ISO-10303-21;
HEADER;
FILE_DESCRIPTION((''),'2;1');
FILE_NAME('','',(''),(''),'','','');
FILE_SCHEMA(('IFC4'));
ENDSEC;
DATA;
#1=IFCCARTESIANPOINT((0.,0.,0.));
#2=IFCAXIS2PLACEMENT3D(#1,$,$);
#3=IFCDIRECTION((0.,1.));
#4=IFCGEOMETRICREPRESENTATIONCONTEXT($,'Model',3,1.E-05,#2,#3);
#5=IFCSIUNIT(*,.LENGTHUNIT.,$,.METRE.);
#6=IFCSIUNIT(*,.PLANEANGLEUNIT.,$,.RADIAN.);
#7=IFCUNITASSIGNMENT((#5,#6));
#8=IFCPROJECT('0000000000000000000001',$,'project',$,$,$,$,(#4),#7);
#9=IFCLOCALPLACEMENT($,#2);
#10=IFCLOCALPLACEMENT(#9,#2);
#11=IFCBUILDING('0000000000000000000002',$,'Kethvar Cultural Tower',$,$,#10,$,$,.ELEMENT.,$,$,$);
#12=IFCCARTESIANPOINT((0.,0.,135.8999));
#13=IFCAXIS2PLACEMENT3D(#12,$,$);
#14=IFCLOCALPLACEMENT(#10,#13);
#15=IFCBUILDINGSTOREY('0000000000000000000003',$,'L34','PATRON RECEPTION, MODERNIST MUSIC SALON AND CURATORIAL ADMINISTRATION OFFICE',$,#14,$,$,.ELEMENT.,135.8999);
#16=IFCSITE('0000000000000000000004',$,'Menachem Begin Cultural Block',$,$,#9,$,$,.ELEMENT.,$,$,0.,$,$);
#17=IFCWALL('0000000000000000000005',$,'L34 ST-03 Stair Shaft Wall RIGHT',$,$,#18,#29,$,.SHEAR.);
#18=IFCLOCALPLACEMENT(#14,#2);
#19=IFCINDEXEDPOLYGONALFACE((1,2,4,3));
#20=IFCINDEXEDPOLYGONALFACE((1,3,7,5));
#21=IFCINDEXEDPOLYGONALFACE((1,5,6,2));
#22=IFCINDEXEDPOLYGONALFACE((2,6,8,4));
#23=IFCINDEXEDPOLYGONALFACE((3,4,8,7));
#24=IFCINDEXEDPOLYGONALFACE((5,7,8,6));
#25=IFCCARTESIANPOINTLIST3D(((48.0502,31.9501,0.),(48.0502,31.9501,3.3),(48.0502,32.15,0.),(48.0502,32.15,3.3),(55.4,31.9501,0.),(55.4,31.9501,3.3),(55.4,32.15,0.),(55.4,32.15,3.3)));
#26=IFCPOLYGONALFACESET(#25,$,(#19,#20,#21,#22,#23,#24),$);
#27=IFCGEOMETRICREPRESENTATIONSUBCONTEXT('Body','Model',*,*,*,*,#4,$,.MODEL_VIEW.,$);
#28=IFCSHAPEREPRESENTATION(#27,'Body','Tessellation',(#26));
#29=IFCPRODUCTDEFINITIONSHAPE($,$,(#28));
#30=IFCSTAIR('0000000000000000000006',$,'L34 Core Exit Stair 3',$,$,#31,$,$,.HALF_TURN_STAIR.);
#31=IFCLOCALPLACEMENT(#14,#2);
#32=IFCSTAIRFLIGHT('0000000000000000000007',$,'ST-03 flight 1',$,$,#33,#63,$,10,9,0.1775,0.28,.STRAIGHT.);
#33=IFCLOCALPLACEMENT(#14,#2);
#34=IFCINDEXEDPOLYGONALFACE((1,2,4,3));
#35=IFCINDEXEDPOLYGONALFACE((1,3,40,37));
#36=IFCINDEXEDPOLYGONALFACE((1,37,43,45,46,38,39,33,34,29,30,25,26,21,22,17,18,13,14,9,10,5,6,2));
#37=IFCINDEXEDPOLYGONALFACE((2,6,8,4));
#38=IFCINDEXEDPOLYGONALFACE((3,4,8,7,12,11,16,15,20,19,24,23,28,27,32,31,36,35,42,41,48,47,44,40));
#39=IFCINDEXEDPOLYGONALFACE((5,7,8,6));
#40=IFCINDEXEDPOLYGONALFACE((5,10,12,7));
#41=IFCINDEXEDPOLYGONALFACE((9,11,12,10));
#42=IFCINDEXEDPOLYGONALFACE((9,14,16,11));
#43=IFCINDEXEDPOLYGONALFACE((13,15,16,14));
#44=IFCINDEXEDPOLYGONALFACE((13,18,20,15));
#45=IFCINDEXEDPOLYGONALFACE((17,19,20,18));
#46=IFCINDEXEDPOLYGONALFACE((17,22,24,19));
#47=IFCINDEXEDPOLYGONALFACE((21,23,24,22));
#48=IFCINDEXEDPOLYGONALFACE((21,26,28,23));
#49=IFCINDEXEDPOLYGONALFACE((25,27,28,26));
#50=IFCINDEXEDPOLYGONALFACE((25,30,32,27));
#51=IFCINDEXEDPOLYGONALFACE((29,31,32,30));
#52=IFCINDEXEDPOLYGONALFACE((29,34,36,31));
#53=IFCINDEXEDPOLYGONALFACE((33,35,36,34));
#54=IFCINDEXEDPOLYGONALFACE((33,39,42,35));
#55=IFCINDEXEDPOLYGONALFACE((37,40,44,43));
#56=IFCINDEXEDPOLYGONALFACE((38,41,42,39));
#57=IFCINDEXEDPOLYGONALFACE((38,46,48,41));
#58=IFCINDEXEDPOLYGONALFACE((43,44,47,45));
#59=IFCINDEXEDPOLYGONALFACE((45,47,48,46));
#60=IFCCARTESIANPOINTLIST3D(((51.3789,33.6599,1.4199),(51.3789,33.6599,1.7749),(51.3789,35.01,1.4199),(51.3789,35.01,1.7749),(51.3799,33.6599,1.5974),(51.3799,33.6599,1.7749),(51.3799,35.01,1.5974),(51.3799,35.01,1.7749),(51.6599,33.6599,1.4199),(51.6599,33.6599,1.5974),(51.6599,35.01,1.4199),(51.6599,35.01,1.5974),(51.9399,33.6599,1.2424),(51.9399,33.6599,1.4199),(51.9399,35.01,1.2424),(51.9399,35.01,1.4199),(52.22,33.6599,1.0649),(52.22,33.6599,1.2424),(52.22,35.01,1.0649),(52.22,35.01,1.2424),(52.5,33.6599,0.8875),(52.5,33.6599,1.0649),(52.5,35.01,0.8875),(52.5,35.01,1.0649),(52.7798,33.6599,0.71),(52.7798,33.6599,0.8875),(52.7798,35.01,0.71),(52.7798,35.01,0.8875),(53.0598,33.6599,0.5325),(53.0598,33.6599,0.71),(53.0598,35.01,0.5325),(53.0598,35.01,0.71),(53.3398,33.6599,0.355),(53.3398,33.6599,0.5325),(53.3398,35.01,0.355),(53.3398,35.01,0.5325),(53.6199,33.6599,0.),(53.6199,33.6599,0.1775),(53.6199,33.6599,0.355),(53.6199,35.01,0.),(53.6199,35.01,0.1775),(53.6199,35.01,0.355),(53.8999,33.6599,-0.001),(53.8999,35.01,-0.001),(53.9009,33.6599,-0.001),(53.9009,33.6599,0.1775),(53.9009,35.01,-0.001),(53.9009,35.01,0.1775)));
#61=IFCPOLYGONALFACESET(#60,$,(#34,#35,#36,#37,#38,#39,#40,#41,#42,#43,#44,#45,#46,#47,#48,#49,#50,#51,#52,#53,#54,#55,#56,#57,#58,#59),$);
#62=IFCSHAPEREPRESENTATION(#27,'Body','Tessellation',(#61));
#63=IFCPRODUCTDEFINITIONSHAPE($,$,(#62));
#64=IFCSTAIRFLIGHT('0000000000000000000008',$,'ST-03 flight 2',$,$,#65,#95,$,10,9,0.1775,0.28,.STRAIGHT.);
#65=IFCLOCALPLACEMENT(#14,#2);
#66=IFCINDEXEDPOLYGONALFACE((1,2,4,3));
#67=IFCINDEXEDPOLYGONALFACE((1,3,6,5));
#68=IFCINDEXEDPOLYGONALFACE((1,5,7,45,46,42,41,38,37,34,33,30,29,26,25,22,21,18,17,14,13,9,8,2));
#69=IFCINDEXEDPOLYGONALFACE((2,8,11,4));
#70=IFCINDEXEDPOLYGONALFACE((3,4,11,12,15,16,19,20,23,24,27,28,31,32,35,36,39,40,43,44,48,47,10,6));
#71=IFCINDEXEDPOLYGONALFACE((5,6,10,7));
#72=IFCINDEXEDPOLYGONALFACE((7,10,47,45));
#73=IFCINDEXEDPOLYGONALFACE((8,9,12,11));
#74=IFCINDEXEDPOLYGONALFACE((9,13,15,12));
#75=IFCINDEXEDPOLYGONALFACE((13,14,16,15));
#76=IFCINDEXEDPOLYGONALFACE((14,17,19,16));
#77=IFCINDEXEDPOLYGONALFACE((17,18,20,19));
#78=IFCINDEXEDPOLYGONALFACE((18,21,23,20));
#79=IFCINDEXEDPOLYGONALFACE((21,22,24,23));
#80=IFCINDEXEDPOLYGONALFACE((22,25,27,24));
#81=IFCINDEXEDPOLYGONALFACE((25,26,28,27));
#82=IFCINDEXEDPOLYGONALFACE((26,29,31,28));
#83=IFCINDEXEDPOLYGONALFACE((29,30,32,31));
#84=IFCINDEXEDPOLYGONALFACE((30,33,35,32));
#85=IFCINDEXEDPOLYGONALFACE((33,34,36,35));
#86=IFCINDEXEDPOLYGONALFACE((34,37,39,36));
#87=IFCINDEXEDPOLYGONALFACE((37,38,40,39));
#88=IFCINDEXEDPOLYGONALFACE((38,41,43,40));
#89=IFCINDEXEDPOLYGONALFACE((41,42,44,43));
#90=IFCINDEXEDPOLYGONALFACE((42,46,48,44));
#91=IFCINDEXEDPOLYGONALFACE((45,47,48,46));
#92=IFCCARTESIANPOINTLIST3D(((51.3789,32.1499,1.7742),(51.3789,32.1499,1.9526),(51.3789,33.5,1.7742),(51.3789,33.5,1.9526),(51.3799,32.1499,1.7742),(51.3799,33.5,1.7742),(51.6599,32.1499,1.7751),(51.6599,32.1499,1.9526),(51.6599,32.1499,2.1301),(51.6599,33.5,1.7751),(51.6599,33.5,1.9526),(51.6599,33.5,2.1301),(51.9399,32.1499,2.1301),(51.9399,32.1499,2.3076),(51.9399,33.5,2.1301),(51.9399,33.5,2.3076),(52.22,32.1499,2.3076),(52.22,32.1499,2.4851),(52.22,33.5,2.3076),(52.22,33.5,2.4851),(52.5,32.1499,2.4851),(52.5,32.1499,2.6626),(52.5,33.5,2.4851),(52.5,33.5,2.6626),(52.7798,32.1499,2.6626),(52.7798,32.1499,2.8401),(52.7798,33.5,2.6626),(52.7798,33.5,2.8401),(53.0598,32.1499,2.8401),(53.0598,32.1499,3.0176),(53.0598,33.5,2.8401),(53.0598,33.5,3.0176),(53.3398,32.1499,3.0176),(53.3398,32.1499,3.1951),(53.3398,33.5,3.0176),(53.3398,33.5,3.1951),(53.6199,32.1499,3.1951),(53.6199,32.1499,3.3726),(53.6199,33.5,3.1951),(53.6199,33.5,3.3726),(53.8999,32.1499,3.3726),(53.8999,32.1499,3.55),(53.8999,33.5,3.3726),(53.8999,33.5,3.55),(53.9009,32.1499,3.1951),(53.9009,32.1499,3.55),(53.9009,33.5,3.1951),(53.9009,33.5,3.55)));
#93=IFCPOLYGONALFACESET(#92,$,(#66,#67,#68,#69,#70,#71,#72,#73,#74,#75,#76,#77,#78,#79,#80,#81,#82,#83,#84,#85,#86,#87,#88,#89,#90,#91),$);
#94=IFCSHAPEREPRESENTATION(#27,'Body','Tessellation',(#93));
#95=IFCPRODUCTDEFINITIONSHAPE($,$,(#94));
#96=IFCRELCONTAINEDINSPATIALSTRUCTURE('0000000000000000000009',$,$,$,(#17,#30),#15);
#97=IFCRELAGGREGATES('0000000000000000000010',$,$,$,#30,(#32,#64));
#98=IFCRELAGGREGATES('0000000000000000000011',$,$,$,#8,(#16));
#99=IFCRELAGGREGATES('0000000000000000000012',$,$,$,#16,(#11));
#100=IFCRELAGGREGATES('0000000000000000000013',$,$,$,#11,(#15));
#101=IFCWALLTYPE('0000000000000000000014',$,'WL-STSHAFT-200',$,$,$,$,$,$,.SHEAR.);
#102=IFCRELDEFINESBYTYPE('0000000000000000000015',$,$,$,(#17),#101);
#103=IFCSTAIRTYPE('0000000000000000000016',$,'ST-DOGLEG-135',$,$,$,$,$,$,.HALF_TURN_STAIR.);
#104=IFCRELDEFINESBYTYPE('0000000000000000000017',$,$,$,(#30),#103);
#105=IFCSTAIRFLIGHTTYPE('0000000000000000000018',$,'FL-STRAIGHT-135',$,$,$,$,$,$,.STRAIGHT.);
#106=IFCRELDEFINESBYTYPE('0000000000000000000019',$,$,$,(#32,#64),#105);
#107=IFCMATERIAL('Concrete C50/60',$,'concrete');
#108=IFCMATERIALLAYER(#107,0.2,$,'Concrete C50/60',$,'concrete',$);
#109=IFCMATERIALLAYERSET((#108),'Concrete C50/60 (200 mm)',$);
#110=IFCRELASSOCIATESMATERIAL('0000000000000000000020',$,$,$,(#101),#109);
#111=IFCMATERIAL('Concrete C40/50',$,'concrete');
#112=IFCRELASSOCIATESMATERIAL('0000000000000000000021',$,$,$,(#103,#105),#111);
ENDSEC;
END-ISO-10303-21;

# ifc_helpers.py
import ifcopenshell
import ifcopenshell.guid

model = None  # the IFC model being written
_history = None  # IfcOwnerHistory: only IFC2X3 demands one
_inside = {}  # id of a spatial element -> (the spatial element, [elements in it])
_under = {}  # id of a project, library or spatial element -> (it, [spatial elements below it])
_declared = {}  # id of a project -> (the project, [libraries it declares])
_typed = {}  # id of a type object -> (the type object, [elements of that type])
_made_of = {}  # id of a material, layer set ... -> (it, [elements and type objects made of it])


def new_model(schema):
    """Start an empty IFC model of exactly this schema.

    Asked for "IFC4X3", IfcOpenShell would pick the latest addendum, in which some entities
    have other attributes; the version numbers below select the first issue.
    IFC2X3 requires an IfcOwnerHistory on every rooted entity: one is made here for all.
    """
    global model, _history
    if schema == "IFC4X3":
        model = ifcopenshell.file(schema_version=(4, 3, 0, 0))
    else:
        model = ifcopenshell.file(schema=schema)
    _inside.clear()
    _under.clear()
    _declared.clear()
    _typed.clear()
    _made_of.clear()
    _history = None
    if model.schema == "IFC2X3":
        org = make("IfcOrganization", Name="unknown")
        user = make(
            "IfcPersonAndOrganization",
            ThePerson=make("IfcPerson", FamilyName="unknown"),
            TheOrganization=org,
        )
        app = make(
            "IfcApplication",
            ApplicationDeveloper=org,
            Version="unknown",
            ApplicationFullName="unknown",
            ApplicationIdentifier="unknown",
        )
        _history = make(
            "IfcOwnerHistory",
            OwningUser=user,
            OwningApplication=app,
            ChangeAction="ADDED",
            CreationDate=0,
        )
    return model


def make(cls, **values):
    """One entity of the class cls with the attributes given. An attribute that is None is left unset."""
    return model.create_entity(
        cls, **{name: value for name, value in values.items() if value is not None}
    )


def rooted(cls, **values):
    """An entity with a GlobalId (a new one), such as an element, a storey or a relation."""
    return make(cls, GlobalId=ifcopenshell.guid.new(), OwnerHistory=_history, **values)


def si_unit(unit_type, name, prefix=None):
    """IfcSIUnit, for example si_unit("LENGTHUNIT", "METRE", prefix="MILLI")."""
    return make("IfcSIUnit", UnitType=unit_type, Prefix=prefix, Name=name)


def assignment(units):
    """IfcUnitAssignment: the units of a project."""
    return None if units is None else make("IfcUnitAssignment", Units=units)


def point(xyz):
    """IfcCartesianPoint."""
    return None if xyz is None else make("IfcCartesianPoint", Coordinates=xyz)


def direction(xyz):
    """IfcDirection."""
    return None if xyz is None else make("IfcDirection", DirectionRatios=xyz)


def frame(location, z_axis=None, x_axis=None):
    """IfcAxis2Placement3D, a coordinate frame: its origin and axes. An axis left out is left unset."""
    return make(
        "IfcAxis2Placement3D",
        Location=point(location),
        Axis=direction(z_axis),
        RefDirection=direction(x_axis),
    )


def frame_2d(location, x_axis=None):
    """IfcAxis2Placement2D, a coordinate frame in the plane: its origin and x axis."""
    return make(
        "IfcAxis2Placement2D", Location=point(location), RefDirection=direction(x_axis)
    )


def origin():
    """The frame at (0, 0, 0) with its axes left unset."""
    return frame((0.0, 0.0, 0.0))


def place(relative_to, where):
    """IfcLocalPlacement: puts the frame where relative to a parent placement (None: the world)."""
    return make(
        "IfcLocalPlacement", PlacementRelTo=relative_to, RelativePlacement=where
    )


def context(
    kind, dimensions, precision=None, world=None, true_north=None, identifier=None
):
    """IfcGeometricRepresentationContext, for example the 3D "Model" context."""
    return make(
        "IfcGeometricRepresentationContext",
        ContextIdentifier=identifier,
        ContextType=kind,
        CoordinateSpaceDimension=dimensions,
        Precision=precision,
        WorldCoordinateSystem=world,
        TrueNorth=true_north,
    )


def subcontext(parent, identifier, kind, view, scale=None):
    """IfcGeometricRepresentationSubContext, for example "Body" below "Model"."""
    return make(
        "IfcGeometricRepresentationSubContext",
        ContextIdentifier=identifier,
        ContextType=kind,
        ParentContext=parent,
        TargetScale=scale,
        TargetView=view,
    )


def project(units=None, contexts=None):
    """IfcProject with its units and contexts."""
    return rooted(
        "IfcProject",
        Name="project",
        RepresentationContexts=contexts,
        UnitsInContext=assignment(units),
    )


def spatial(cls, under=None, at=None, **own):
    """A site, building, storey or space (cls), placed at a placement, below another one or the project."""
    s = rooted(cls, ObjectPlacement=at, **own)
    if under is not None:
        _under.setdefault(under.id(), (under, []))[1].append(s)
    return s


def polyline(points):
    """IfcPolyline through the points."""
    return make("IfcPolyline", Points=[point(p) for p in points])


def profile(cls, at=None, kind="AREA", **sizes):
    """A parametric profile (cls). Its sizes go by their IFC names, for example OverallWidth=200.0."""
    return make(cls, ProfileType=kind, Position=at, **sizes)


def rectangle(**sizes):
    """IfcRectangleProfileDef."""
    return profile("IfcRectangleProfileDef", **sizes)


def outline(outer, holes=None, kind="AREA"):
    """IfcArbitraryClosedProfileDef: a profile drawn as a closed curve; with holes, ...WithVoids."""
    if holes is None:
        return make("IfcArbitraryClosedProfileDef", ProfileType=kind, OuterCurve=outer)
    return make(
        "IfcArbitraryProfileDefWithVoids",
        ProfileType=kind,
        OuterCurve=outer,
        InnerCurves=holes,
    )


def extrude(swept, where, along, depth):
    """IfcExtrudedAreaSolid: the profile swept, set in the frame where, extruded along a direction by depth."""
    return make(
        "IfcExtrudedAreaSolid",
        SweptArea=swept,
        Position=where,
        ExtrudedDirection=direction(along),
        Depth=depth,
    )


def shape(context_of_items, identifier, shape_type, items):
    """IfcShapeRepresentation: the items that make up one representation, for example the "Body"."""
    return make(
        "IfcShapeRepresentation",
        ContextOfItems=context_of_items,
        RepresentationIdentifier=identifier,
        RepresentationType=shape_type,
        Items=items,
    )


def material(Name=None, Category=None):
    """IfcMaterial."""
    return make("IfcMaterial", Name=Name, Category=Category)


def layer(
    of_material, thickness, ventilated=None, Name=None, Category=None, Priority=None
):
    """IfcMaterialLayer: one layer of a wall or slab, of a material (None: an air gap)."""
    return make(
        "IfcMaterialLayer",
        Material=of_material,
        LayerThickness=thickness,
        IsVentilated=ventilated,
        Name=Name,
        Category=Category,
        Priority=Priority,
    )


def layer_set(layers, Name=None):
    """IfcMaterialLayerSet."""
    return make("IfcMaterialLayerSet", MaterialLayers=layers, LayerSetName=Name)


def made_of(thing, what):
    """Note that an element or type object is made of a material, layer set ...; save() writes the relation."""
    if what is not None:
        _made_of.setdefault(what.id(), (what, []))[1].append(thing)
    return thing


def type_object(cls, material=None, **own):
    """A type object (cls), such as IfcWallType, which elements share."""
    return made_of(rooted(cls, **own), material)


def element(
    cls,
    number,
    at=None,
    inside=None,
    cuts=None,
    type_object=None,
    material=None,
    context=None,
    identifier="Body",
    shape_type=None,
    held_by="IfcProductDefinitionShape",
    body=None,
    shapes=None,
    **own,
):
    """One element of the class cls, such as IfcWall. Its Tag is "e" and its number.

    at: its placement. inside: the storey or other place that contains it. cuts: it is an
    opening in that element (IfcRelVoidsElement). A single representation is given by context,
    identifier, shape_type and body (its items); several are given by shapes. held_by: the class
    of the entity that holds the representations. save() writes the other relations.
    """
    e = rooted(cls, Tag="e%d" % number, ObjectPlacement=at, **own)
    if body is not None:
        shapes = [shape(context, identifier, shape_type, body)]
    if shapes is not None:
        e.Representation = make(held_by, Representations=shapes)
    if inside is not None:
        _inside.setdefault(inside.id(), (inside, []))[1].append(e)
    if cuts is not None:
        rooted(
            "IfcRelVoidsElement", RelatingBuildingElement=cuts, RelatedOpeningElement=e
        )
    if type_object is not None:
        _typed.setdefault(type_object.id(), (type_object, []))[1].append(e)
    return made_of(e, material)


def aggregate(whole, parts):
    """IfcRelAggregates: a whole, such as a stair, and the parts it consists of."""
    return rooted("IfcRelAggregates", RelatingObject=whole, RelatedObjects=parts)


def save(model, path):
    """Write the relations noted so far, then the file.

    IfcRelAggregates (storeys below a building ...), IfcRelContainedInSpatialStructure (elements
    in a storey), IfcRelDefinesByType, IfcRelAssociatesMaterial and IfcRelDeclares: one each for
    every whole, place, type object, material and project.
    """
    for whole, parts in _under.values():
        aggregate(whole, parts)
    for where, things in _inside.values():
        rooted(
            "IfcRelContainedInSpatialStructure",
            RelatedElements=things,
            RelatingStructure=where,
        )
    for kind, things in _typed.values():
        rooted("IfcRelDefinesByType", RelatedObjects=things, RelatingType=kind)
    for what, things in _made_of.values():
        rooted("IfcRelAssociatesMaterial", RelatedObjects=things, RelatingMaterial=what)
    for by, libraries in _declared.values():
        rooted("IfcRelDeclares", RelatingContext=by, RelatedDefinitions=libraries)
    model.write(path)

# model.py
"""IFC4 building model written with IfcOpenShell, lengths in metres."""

from ifc_helpers import new_model, si_unit, direction, frame, frame_2d, origin, place, context, subcontext, project, spatial, polyline, rectangle, outline, extrude, material, layer, layer_set, type_object, element, aggregate, save


model = new_model("IFC4")

# Units and contexts
model_context = context("Model", 3, precision=1e-05, world=origin(), true_north=direction((0.0, 1.0)))
body_context = subcontext(model_context, "Body", "Model", "MODEL_VIEW")
ifc_project = project(units=[si_unit("LENGTHUNIT", "METRE"), si_unit("PLANEANGLEUNIT", "RADIAN")], contexts=[model_context])

# Site, building, storey
site_placement = place(None, origin())
site = spatial("IfcSite", under=ifc_project, at=site_placement, Name="Menachem Begin Cultural Block", CompositionType="ELEMENT", RefElevation=0.0)
building_placement = place(site_placement, origin())
building = spatial("IfcBuilding", under=site, at=building_placement, Name="Kethvar Cultural Tower", CompositionType="ELEMENT")
storey_placement = place(building_placement, frame((0.0, 0.0, 135.8999)))
storey = spatial("IfcBuildingStorey", under=building, at=storey_placement, Name="L34", Description="PATRON RECEPTION, MODERNIST MUSIC SALON AND CURATORIAL ADMINISTRATION OFFICE", CompositionType="ELEMENT", Elevation=135.8999)

# Wall
ifc_material_1 = material(Name="Concrete C40/50", Category="concrete")
ifc_material_2 = material(Name="Concrete C50/60", Category="concrete")
ifc_layer_1 = layer(ifc_material_2, 0.2, Name="Concrete C50/60", Category="concrete")
ifc_layer_set_1 = layer_set([ifc_layer_1], Name="Concrete C50/60 (200 mm)")
wall_type_1 = type_object("IfcWallType", Name="WL-STSHAFT-200", PredefinedType="SHEAR", material=ifc_layer_set_1)
for number, where, z_axis, x_axis, name in (
    (1, (55.3999, 32.05, 0.0), (0.0, 0.0, 1.0), (-1.0, 0.0, 0.0), "L34 ST-03 Stair Shaft Wall RIGHT"),
):
    element("IfcWall", number, at=place(storey_placement, frame(where, z_axis=z_axis, x_axis=x_axis)), inside=storey, type_object=wall_type_1, Name=name, PredefinedType="SHEAR", context=body_context, shape_type="SweptSolid", body=[
        extrude(rectangle(XDim=7.3499, YDim=0.2, at=frame_2d((3.6748, 0.0))), origin(), (0.0, 0.0, 1.0), 3.3),
    ])

# Stair, stair flights
stair_type = type_object("IfcStairType", Name="ST-DOGLEG-135", PredefinedType="HALF_TURN_STAIR", material=ifc_material_1)
stair_placement = place(storey_placement, origin())
stair = element("IfcStair", 2, at=stair_placement, inside=storey, type_object=stair_type, Name="L34 Core Exit Stair 3", PredefinedType="HALF_TURN_STAIR")
stair_flight_type = type_object("IfcStairFlightType", Name="FL-STRAIGHT-135", PredefinedType="STRAIGHT", material=ifc_material_1)
stair_flight_1_placement = place(storey_placement, frame((53.8999, 34.335, 0.0), z_axis=(0.0, 0.0, 1.0), x_axis=(-1.0, 0.0, 0.0)))
stair_flight_1 = element("IfcStairFlight", 3, at=stair_flight_1_placement, type_object=stair_flight_type, Name="ST-03 flight 1", NumberOfRisers=10, NumberOfTreads=9, PredefinedType="STRAIGHT", RiserHeight=0.1775, TreadLength=0.28, context=body_context, shape_type="SweptSolid", body=[
    extrude(outline(polyline([(-0.001, -0.001), (-0.001, 0.1775), (0.28, 0.1775), (0.28, 0.355), (0.5601, 0.355), (0.5601, 0.5325), (0.8401, 0.5325), (0.8401, 0.71), (1.1201, 0.71), (1.1201, 0.8875), (1.3999, 0.8875), (1.3999, 1.0649), (1.6799, 1.0649), (1.6799, 1.2424), (1.96, 1.2424), (1.96, 1.4199), (2.24, 1.4199), (2.24, 1.5974), (2.52, 1.5974), (2.52, 1.7749), (2.521, 1.7749), (2.521, 1.4199), (0.28, 0.0), (0.0, -0.001), (-0.001, -0.001)])), frame((0.0, 0.675, 0.0), z_axis=(0.0, -1.0, 0.0), x_axis=(1.0, 0.0, 0.0)), (0.0, 0.0, 1.0), 1.3501),
])
stair_flight_2_placement = place(storey_placement, frame((51.3799, 32.825, 1.7751), z_axis=(0.0, 0.0, 1.0), x_axis=(1.0, 0.0, 0.0)))
stair_flight_2 = element("IfcStairFlight", 4, at=stair_flight_2_placement, type_object=stair_flight_type, Name="ST-03 flight 2", NumberOfRisers=10, NumberOfTreads=9, PredefinedType="STRAIGHT", RiserHeight=0.1775, TreadLength=0.28, context=body_context, shape_type="SweptSolid", body=[
    extrude(outline(polyline([(-0.001, -0.001), (-0.001, 0.1775), (0.28, 0.1775), (0.28, 0.355), (0.5601, 0.355), (0.5601, 0.5325), (0.8401, 0.5325), (0.8401, 0.71), (1.1201, 0.71), (1.1201, 0.8875), (1.3999, 0.8875), (1.3999, 1.0649), (1.6799, 1.0649), (1.6799, 1.2424), (1.96, 1.2424), (1.96, 1.4199), (2.24, 1.4199), (2.24, 1.5974), (2.52, 1.5974), (2.52, 1.7749), (2.521, 1.7749), (2.521, 1.4199), (0.28, 0.0), (0.0, -0.001), (-0.001, -0.001)])), frame((0.0, 0.675, 0.0), z_axis=(0.0, -1.0, 0.0), x_axis=(1.0, 0.0, 0.0)), (0.0, 0.0, 1.0), 1.3501),
])
aggregate(stair, [stair_flight_1, stair_flight_2])

save(model, "model.ifc")
